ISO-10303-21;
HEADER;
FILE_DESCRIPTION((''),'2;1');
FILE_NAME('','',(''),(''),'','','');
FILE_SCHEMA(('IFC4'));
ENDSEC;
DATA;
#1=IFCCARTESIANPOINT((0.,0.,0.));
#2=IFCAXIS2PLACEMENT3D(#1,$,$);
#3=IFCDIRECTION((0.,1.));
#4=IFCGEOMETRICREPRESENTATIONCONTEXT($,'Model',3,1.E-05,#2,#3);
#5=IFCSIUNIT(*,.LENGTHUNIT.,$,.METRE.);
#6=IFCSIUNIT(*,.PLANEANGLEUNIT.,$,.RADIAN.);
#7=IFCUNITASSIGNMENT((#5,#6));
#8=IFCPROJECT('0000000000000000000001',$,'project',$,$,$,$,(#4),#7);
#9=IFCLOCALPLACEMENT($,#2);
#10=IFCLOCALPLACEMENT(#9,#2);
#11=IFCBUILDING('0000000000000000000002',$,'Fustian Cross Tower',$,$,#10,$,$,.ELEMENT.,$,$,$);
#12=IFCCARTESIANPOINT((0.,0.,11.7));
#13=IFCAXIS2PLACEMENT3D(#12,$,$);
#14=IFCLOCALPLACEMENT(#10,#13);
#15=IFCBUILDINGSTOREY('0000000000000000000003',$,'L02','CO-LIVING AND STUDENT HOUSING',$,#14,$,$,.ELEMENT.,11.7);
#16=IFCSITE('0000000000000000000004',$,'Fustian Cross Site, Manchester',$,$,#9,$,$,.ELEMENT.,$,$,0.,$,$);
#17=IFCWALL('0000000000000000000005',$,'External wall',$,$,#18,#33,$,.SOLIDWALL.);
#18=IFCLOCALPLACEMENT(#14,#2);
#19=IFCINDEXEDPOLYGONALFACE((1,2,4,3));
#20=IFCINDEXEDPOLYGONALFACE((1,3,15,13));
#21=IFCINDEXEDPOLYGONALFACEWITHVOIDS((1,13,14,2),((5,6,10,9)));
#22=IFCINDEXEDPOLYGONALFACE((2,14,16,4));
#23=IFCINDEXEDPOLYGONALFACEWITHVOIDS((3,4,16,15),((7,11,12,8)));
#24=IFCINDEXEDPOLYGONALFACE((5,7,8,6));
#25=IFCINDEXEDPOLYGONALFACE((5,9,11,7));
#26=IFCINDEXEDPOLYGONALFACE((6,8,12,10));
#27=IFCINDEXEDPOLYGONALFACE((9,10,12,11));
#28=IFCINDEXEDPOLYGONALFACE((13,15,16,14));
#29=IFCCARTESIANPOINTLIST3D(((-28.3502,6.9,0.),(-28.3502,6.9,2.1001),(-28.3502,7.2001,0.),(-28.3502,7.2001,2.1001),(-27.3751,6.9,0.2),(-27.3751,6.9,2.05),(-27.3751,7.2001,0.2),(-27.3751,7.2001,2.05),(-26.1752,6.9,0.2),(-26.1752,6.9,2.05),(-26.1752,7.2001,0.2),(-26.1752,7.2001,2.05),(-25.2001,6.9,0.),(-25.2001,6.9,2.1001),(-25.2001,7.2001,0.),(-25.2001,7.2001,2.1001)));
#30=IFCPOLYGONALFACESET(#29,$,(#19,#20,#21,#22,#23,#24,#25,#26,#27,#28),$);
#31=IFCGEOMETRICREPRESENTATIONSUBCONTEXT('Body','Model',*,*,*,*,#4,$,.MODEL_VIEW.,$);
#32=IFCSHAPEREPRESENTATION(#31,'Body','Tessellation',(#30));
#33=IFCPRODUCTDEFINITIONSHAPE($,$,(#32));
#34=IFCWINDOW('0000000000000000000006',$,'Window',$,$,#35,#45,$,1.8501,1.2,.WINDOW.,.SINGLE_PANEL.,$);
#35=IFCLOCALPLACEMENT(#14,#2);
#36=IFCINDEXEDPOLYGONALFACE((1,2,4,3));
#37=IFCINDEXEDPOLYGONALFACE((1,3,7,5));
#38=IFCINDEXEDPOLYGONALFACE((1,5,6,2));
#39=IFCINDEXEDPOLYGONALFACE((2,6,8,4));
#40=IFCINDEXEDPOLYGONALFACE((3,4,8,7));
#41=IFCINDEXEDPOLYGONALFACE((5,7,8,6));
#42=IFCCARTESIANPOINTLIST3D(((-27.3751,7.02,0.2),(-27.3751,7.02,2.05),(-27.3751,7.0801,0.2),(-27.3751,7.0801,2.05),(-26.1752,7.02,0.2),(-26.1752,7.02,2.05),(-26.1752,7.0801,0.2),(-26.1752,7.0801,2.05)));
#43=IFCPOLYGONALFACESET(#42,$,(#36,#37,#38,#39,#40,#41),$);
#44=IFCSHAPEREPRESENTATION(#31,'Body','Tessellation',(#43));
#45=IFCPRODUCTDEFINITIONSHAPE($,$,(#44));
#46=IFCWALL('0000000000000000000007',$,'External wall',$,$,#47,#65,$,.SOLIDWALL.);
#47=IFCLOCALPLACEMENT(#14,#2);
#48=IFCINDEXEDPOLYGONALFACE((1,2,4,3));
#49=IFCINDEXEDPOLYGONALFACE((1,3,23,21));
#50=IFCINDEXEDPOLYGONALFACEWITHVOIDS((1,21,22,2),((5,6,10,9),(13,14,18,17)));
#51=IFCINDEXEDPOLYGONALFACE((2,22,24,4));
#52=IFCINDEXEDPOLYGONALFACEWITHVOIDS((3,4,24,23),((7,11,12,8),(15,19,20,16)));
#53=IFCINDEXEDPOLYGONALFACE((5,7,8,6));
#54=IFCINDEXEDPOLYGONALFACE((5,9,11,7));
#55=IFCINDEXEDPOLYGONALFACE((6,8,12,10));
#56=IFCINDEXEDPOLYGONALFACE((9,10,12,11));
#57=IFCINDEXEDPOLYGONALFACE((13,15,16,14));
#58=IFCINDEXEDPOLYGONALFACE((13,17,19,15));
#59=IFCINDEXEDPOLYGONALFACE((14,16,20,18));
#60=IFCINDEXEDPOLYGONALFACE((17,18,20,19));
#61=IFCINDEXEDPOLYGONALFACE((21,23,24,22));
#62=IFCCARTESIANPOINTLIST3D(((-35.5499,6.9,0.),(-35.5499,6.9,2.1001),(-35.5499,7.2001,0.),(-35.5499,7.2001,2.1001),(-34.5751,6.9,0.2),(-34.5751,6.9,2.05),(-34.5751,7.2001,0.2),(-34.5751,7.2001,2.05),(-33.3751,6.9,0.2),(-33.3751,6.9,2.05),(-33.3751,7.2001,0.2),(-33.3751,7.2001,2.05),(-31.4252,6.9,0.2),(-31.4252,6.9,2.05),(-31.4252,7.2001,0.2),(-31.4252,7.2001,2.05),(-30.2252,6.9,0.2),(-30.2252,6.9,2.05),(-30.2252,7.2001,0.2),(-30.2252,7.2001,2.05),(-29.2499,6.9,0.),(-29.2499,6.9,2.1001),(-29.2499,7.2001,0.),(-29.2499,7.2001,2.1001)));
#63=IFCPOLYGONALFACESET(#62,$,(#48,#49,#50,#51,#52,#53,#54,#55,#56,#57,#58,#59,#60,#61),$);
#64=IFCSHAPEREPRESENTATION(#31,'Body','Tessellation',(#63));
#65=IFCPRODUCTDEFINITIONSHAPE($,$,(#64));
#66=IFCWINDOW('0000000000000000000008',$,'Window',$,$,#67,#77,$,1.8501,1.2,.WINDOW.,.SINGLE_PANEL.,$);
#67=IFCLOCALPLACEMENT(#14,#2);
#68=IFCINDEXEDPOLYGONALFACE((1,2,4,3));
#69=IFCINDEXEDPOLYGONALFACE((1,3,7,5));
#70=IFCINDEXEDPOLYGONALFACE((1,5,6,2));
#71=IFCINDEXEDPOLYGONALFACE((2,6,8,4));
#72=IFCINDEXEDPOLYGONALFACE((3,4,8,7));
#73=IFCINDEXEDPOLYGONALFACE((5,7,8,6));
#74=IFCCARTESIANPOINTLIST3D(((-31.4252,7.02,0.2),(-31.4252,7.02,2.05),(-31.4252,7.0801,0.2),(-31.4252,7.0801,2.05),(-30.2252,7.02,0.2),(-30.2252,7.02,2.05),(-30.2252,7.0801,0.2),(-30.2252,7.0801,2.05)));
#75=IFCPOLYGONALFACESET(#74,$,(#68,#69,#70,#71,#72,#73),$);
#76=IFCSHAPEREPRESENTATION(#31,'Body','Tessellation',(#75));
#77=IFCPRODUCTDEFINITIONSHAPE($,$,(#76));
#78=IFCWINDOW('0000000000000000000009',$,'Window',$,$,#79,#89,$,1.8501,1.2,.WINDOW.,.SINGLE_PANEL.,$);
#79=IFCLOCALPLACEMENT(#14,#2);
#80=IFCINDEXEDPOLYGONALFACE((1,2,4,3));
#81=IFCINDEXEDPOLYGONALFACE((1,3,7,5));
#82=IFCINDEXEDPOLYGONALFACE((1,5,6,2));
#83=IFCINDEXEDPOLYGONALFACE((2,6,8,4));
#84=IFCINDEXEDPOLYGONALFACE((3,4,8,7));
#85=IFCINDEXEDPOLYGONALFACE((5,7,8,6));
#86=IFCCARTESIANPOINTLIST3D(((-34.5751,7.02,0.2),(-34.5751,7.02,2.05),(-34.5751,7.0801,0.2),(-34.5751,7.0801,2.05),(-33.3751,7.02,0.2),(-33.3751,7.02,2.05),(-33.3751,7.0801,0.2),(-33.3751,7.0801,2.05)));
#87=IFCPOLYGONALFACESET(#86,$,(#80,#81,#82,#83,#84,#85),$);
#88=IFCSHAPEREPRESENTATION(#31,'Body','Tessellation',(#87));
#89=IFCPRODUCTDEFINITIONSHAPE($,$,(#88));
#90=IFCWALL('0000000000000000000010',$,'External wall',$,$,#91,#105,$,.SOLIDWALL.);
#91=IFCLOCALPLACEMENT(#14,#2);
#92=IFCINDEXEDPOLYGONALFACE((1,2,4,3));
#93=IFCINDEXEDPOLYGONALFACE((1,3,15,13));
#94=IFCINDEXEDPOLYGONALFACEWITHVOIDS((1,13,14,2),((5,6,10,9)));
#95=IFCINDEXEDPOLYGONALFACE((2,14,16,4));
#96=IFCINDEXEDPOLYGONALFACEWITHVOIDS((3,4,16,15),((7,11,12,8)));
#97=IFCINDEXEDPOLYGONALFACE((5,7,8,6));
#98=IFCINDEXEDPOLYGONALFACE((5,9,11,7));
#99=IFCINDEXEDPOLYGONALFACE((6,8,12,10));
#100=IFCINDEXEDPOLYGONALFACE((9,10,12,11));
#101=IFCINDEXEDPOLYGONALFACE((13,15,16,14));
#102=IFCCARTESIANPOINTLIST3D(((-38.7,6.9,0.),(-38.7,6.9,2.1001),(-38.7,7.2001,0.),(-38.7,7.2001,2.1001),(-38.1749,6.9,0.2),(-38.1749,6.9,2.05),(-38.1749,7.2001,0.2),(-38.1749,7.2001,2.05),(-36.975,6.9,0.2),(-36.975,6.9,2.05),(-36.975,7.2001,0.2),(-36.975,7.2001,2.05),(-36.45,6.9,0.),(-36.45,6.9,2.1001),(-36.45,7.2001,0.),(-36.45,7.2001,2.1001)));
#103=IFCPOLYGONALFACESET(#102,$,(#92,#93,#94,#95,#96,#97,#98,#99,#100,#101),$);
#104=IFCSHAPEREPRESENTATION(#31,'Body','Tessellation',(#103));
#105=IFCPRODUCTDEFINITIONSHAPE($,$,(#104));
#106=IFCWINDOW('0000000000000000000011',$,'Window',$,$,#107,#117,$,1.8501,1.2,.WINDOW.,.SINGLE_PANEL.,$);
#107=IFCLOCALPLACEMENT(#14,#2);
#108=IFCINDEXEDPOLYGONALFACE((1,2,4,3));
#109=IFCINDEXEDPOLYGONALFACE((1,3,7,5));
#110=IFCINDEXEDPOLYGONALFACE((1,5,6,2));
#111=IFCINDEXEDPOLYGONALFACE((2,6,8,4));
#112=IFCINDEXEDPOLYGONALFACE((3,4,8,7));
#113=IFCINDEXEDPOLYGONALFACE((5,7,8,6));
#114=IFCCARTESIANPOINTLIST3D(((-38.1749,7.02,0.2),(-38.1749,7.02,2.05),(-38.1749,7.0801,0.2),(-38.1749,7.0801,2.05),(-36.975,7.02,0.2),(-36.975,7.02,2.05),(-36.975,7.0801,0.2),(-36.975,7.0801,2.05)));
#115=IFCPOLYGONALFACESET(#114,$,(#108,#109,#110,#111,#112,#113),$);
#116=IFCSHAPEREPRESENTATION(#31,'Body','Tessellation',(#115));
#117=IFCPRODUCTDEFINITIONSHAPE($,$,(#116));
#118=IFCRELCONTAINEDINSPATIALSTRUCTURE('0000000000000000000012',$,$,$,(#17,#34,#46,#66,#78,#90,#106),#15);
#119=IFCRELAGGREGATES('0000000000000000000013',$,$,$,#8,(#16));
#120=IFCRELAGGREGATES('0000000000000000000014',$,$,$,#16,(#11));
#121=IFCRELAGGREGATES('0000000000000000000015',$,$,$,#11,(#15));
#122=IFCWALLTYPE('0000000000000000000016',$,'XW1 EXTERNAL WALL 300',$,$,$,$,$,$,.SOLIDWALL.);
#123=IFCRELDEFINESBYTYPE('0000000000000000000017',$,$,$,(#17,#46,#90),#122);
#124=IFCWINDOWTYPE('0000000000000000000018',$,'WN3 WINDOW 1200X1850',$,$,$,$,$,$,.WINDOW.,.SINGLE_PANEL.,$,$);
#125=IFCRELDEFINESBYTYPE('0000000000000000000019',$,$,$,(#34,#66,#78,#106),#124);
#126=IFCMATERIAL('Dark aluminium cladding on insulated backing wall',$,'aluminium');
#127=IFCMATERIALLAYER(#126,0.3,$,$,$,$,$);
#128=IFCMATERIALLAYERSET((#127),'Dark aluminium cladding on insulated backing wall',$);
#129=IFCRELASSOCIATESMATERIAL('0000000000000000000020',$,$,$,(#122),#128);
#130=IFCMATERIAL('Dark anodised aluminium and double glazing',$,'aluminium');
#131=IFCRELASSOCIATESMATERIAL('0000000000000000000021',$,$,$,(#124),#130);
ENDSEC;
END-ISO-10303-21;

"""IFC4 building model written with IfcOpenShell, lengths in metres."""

from ifc_helpers import new_model, si_unit, direction, frame, frame_2d, origin, place, context, subcontext, project, spatial, rectangle, extrude, material, layer, layer_set, type_object, element, fill, save


model = new_model("IFC4")

# Units and contexts
model_context = context("Model", 3, precision=1e-05, world=origin(), true_north=direction((0.0, 1.0)))
body_context = subcontext(model_context, "Body", "Model", "MODEL_VIEW")
ifc_project = project(units=[si_unit("LENGTHUNIT", "METRE"), si_unit("PLANEANGLEUNIT", "RADIAN")], contexts=[model_context])

# Site, building, storey
site_placement = place(None, origin())
site = spatial("IfcSite", under=ifc_project, at=site_placement, Name="Fustian Cross Site, Manchester", CompositionType="ELEMENT", RefElevation=0.0)
building_placement = place(site_placement, origin())
building = spatial("IfcBuilding", under=site, at=building_placement, Name="Fustian Cross Tower", CompositionType="ELEMENT")
storey_placement = place(building_placement, frame((0.0, 0.0, 11.7)))
storey = spatial("IfcBuildingStorey", under=building, at=storey_placement, Name="L02", Description="CO-LIVING AND STUDENT HOUSING", CompositionType="ELEMENT", Elevation=11.7)

# Wall, opening, window
ifc_material_1 = material(Name="Dark aluminium cladding on insulated backing wall", Category="aluminium")
ifc_layer_1 = layer(ifc_material_1, 0.3)
ifc_layer_set_1 = layer_set([ifc_layer_1], Name="Dark aluminium cladding on insulated backing wall")
wall_type_1 = type_object("IfcWallType", Name="XW1 EXTERNAL WALL 300", PredefinedType="SOLIDWALL", material=ifc_layer_set_1)
ifc_material_2 = material(Name="Dark anodised aluminium and double glazing", Category="aluminium")
window_type = type_object("IfcWindowType", Name="WN3 WINDOW 1200X1850", PartitioningType="SINGLE_PANEL", PredefinedType="WINDOW", material=ifc_material_2)
wall_1_placement = place(storey_placement, frame((-25.2, 7.05, 0.0), z_axis=(0.0, 0.0, 1.0), x_axis=(-1.0, 0.0, 0.0)))
wall_1 = element("IfcWall", 1, at=wall_1_placement, inside=storey, type_object=wall_type_1, Name="External wall", PredefinedType="SOLIDWALL", context=body_context, shape_type="SweptSolid", body=[
    extrude(rectangle(XDim=3.1501, YDim=0.3, at=frame_2d((1.5752, 0.0))), origin(), (0.0, 0.0, 1.0), 2.1001),
])
opening_1_placement = place(wall_1_placement, frame((0.9751, 0.0, 0.2)))
opening_1 = element("IfcOpeningElement", 2, at=opening_1_placement, cuts=wall_1, PredefinedType="OPENING", context=body_context, shape_type="SweptSolid", body=[
    extrude(rectangle(XDim=1.2, YDim=1.8501, at=frame_2d((0.6001, 0.925))), frame((0.0, 0.1599, 0.0), z_axis=(0.0, -1.0, 0.0), x_axis=(1.0, 0.0, 0.0)), (0.0, 0.0, 1.0), 0.3201),
])
window_1_placement = place(opening_1_placement, origin())
window_1 = element("IfcWindow", 3, at=window_1_placement, inside=storey, type_object=window_type, Name="Window", OverallHeight=1.8501, OverallWidth=1.2, PartitioningType="SINGLE_PANEL", PredefinedType="WINDOW", context=body_context, shape_type="SweptSolid", body=[
    extrude(rectangle(XDim=1.2, YDim=1.8501, at=frame_2d((0.6001, 0.925))), frame((0.0, 0.03, 0.0), z_axis=(0.0, -1.0, 0.0), x_axis=(1.0, 0.0, 0.0)), (0.0, 0.0, 1.0), 0.0601),
])
fill(opening_1, window_1)

# Wall, openings, windows
wall_2_placement = place(storey_placement, frame((-29.25, 7.05, 0.0), z_axis=(0.0, 0.0, 1.0), x_axis=(-1.0, 0.0, 0.0)))
wall_2 = element("IfcWall", 4, at=wall_2_placement, inside=storey, type_object=wall_type_1, Name="External wall", PredefinedType="SOLIDWALL", context=body_context, shape_type="SweptSolid", body=[
    extrude(rectangle(XDim=6.3, YDim=0.3, at=frame_2d((3.1499, 0.0))), origin(), (0.0, 0.0, 1.0), 2.1001),
])
opening_2_placement = place(wall_2_placement, frame((0.9751, 0.0, 0.2)))
opening_2 = element("IfcOpeningElement", 5, at=opening_2_placement, cuts=wall_2, PredefinedType="OPENING", context=body_context, shape_type="SweptSolid", body=[
    extrude(rectangle(XDim=1.2, YDim=1.8501, at=frame_2d((0.6001, 0.925))), frame((0.0, 0.1599, 0.0), z_axis=(0.0, -1.0, 0.0), x_axis=(1.0, 0.0, 0.0)), (0.0, 0.0, 1.0), 0.3201),
])
opening_3_placement = place(wall_2_placement, frame((4.125, 0.0, 0.2)))
opening_3 = element("IfcOpeningElement", 6, at=opening_3_placement, cuts=wall_2, PredefinedType="OPENING", context=body_context, shape_type="SweptSolid", body=[
    extrude(rectangle(XDim=1.2, YDim=1.8501, at=frame_2d((0.6001, 0.925))), frame((0.0, 0.1599, 0.0), z_axis=(0.0, -1.0, 0.0), x_axis=(1.0, 0.0, 0.0)), (0.0, 0.0, 1.0), 0.3201),
])
window_2_placement = place(opening_2_placement, origin())
window_2 = element("IfcWindow", 7, at=window_2_placement, inside=storey, type_object=window_type, Name="Window", OverallHeight=1.8501, OverallWidth=1.2, PartitioningType="SINGLE_PANEL", PredefinedType="WINDOW", context=body_context, shape_type="SweptSolid", body=[
    extrude(rectangle(XDim=1.2, YDim=1.8501, at=frame_2d((0.6001, 0.925))), frame((0.0, 0.03, 0.0), z_axis=(0.0, -1.0, 0.0), x_axis=(1.0, 0.0, 0.0)), (0.0, 0.0, 1.0), 0.0601),
])
fill(opening_2, window_2)
window_3_placement = place(opening_3_placement, origin())
window_3 = element("IfcWindow", 8, at=window_3_placement, inside=storey, type_object=window_type, Name="Window", OverallHeight=1.8501, OverallWidth=1.2, PartitioningType="SINGLE_PANEL", PredefinedType="WINDOW", context=body_context, shape_type="SweptSolid", body=[
    extrude(rectangle(XDim=1.2, YDim=1.8501, at=frame_2d((0.6001, 0.925))), frame((0.0, 0.03, 0.0), z_axis=(0.0, -1.0, 0.0), x_axis=(1.0, 0.0, 0.0)), (0.0, 0.0, 1.0), 0.0601),
])
fill(opening_3, window_3)

# Wall, opening, window
wall_3_placement = place(storey_placement, frame((-36.45, 7.05, 0.0), z_axis=(0.0, 0.0, 1.0), x_axis=(-1.0, 0.0, 0.0)))
wall_3 = element("IfcWall", 9, at=wall_3_placement, inside=storey, type_object=wall_type_1, Name="External wall", PredefinedType="SOLIDWALL", context=body_context, shape_type="SweptSolid", body=[
    extrude(rectangle(XDim=2.25, YDim=0.3, at=frame_2d((1.125, 0.0))), origin(), (0.0, 0.0, 1.0), 2.1001),
])
opening_4_placement = place(wall_3_placement, frame((0.5249, 0.0, 0.2)))
opening_4 = element("IfcOpeningElement", 10, at=opening_4_placement, cuts=wall_3, PredefinedType="OPENING", context=body_context, shape_type="SweptSolid", body=[
    extrude(rectangle(XDim=1.2, YDim=1.8501, at=frame_2d((0.6001, 0.925))), frame((0.0, 0.1599, 0.0), z_axis=(0.0, -1.0, 0.0), x_axis=(1.0, 0.0, 0.0)), (0.0, 0.0, 1.0), 0.3201),
])
window_4_placement = place(opening_4_placement, origin())
window_4 = element("IfcWindow", 11, at=window_4_placement, inside=storey, type_object=window_type, Name="Window", OverallHeight=1.8501, OverallWidth=1.2, PartitioningType="SINGLE_PANEL", PredefinedType="WINDOW", context=body_context, shape_type="SweptSolid", body=[
    extrude(rectangle(XDim=1.2, YDim=1.8501, at=frame_2d((0.6001, 0.925))), frame((0.0, 0.03, 0.0), z_axis=(0.0, -1.0, 0.0), x_axis=(1.0, 0.0, 0.0)), (0.0, 0.0, 1.0), 0.0601),
])
fill(opening_4, window_4)

save(model, "model.ifc")
